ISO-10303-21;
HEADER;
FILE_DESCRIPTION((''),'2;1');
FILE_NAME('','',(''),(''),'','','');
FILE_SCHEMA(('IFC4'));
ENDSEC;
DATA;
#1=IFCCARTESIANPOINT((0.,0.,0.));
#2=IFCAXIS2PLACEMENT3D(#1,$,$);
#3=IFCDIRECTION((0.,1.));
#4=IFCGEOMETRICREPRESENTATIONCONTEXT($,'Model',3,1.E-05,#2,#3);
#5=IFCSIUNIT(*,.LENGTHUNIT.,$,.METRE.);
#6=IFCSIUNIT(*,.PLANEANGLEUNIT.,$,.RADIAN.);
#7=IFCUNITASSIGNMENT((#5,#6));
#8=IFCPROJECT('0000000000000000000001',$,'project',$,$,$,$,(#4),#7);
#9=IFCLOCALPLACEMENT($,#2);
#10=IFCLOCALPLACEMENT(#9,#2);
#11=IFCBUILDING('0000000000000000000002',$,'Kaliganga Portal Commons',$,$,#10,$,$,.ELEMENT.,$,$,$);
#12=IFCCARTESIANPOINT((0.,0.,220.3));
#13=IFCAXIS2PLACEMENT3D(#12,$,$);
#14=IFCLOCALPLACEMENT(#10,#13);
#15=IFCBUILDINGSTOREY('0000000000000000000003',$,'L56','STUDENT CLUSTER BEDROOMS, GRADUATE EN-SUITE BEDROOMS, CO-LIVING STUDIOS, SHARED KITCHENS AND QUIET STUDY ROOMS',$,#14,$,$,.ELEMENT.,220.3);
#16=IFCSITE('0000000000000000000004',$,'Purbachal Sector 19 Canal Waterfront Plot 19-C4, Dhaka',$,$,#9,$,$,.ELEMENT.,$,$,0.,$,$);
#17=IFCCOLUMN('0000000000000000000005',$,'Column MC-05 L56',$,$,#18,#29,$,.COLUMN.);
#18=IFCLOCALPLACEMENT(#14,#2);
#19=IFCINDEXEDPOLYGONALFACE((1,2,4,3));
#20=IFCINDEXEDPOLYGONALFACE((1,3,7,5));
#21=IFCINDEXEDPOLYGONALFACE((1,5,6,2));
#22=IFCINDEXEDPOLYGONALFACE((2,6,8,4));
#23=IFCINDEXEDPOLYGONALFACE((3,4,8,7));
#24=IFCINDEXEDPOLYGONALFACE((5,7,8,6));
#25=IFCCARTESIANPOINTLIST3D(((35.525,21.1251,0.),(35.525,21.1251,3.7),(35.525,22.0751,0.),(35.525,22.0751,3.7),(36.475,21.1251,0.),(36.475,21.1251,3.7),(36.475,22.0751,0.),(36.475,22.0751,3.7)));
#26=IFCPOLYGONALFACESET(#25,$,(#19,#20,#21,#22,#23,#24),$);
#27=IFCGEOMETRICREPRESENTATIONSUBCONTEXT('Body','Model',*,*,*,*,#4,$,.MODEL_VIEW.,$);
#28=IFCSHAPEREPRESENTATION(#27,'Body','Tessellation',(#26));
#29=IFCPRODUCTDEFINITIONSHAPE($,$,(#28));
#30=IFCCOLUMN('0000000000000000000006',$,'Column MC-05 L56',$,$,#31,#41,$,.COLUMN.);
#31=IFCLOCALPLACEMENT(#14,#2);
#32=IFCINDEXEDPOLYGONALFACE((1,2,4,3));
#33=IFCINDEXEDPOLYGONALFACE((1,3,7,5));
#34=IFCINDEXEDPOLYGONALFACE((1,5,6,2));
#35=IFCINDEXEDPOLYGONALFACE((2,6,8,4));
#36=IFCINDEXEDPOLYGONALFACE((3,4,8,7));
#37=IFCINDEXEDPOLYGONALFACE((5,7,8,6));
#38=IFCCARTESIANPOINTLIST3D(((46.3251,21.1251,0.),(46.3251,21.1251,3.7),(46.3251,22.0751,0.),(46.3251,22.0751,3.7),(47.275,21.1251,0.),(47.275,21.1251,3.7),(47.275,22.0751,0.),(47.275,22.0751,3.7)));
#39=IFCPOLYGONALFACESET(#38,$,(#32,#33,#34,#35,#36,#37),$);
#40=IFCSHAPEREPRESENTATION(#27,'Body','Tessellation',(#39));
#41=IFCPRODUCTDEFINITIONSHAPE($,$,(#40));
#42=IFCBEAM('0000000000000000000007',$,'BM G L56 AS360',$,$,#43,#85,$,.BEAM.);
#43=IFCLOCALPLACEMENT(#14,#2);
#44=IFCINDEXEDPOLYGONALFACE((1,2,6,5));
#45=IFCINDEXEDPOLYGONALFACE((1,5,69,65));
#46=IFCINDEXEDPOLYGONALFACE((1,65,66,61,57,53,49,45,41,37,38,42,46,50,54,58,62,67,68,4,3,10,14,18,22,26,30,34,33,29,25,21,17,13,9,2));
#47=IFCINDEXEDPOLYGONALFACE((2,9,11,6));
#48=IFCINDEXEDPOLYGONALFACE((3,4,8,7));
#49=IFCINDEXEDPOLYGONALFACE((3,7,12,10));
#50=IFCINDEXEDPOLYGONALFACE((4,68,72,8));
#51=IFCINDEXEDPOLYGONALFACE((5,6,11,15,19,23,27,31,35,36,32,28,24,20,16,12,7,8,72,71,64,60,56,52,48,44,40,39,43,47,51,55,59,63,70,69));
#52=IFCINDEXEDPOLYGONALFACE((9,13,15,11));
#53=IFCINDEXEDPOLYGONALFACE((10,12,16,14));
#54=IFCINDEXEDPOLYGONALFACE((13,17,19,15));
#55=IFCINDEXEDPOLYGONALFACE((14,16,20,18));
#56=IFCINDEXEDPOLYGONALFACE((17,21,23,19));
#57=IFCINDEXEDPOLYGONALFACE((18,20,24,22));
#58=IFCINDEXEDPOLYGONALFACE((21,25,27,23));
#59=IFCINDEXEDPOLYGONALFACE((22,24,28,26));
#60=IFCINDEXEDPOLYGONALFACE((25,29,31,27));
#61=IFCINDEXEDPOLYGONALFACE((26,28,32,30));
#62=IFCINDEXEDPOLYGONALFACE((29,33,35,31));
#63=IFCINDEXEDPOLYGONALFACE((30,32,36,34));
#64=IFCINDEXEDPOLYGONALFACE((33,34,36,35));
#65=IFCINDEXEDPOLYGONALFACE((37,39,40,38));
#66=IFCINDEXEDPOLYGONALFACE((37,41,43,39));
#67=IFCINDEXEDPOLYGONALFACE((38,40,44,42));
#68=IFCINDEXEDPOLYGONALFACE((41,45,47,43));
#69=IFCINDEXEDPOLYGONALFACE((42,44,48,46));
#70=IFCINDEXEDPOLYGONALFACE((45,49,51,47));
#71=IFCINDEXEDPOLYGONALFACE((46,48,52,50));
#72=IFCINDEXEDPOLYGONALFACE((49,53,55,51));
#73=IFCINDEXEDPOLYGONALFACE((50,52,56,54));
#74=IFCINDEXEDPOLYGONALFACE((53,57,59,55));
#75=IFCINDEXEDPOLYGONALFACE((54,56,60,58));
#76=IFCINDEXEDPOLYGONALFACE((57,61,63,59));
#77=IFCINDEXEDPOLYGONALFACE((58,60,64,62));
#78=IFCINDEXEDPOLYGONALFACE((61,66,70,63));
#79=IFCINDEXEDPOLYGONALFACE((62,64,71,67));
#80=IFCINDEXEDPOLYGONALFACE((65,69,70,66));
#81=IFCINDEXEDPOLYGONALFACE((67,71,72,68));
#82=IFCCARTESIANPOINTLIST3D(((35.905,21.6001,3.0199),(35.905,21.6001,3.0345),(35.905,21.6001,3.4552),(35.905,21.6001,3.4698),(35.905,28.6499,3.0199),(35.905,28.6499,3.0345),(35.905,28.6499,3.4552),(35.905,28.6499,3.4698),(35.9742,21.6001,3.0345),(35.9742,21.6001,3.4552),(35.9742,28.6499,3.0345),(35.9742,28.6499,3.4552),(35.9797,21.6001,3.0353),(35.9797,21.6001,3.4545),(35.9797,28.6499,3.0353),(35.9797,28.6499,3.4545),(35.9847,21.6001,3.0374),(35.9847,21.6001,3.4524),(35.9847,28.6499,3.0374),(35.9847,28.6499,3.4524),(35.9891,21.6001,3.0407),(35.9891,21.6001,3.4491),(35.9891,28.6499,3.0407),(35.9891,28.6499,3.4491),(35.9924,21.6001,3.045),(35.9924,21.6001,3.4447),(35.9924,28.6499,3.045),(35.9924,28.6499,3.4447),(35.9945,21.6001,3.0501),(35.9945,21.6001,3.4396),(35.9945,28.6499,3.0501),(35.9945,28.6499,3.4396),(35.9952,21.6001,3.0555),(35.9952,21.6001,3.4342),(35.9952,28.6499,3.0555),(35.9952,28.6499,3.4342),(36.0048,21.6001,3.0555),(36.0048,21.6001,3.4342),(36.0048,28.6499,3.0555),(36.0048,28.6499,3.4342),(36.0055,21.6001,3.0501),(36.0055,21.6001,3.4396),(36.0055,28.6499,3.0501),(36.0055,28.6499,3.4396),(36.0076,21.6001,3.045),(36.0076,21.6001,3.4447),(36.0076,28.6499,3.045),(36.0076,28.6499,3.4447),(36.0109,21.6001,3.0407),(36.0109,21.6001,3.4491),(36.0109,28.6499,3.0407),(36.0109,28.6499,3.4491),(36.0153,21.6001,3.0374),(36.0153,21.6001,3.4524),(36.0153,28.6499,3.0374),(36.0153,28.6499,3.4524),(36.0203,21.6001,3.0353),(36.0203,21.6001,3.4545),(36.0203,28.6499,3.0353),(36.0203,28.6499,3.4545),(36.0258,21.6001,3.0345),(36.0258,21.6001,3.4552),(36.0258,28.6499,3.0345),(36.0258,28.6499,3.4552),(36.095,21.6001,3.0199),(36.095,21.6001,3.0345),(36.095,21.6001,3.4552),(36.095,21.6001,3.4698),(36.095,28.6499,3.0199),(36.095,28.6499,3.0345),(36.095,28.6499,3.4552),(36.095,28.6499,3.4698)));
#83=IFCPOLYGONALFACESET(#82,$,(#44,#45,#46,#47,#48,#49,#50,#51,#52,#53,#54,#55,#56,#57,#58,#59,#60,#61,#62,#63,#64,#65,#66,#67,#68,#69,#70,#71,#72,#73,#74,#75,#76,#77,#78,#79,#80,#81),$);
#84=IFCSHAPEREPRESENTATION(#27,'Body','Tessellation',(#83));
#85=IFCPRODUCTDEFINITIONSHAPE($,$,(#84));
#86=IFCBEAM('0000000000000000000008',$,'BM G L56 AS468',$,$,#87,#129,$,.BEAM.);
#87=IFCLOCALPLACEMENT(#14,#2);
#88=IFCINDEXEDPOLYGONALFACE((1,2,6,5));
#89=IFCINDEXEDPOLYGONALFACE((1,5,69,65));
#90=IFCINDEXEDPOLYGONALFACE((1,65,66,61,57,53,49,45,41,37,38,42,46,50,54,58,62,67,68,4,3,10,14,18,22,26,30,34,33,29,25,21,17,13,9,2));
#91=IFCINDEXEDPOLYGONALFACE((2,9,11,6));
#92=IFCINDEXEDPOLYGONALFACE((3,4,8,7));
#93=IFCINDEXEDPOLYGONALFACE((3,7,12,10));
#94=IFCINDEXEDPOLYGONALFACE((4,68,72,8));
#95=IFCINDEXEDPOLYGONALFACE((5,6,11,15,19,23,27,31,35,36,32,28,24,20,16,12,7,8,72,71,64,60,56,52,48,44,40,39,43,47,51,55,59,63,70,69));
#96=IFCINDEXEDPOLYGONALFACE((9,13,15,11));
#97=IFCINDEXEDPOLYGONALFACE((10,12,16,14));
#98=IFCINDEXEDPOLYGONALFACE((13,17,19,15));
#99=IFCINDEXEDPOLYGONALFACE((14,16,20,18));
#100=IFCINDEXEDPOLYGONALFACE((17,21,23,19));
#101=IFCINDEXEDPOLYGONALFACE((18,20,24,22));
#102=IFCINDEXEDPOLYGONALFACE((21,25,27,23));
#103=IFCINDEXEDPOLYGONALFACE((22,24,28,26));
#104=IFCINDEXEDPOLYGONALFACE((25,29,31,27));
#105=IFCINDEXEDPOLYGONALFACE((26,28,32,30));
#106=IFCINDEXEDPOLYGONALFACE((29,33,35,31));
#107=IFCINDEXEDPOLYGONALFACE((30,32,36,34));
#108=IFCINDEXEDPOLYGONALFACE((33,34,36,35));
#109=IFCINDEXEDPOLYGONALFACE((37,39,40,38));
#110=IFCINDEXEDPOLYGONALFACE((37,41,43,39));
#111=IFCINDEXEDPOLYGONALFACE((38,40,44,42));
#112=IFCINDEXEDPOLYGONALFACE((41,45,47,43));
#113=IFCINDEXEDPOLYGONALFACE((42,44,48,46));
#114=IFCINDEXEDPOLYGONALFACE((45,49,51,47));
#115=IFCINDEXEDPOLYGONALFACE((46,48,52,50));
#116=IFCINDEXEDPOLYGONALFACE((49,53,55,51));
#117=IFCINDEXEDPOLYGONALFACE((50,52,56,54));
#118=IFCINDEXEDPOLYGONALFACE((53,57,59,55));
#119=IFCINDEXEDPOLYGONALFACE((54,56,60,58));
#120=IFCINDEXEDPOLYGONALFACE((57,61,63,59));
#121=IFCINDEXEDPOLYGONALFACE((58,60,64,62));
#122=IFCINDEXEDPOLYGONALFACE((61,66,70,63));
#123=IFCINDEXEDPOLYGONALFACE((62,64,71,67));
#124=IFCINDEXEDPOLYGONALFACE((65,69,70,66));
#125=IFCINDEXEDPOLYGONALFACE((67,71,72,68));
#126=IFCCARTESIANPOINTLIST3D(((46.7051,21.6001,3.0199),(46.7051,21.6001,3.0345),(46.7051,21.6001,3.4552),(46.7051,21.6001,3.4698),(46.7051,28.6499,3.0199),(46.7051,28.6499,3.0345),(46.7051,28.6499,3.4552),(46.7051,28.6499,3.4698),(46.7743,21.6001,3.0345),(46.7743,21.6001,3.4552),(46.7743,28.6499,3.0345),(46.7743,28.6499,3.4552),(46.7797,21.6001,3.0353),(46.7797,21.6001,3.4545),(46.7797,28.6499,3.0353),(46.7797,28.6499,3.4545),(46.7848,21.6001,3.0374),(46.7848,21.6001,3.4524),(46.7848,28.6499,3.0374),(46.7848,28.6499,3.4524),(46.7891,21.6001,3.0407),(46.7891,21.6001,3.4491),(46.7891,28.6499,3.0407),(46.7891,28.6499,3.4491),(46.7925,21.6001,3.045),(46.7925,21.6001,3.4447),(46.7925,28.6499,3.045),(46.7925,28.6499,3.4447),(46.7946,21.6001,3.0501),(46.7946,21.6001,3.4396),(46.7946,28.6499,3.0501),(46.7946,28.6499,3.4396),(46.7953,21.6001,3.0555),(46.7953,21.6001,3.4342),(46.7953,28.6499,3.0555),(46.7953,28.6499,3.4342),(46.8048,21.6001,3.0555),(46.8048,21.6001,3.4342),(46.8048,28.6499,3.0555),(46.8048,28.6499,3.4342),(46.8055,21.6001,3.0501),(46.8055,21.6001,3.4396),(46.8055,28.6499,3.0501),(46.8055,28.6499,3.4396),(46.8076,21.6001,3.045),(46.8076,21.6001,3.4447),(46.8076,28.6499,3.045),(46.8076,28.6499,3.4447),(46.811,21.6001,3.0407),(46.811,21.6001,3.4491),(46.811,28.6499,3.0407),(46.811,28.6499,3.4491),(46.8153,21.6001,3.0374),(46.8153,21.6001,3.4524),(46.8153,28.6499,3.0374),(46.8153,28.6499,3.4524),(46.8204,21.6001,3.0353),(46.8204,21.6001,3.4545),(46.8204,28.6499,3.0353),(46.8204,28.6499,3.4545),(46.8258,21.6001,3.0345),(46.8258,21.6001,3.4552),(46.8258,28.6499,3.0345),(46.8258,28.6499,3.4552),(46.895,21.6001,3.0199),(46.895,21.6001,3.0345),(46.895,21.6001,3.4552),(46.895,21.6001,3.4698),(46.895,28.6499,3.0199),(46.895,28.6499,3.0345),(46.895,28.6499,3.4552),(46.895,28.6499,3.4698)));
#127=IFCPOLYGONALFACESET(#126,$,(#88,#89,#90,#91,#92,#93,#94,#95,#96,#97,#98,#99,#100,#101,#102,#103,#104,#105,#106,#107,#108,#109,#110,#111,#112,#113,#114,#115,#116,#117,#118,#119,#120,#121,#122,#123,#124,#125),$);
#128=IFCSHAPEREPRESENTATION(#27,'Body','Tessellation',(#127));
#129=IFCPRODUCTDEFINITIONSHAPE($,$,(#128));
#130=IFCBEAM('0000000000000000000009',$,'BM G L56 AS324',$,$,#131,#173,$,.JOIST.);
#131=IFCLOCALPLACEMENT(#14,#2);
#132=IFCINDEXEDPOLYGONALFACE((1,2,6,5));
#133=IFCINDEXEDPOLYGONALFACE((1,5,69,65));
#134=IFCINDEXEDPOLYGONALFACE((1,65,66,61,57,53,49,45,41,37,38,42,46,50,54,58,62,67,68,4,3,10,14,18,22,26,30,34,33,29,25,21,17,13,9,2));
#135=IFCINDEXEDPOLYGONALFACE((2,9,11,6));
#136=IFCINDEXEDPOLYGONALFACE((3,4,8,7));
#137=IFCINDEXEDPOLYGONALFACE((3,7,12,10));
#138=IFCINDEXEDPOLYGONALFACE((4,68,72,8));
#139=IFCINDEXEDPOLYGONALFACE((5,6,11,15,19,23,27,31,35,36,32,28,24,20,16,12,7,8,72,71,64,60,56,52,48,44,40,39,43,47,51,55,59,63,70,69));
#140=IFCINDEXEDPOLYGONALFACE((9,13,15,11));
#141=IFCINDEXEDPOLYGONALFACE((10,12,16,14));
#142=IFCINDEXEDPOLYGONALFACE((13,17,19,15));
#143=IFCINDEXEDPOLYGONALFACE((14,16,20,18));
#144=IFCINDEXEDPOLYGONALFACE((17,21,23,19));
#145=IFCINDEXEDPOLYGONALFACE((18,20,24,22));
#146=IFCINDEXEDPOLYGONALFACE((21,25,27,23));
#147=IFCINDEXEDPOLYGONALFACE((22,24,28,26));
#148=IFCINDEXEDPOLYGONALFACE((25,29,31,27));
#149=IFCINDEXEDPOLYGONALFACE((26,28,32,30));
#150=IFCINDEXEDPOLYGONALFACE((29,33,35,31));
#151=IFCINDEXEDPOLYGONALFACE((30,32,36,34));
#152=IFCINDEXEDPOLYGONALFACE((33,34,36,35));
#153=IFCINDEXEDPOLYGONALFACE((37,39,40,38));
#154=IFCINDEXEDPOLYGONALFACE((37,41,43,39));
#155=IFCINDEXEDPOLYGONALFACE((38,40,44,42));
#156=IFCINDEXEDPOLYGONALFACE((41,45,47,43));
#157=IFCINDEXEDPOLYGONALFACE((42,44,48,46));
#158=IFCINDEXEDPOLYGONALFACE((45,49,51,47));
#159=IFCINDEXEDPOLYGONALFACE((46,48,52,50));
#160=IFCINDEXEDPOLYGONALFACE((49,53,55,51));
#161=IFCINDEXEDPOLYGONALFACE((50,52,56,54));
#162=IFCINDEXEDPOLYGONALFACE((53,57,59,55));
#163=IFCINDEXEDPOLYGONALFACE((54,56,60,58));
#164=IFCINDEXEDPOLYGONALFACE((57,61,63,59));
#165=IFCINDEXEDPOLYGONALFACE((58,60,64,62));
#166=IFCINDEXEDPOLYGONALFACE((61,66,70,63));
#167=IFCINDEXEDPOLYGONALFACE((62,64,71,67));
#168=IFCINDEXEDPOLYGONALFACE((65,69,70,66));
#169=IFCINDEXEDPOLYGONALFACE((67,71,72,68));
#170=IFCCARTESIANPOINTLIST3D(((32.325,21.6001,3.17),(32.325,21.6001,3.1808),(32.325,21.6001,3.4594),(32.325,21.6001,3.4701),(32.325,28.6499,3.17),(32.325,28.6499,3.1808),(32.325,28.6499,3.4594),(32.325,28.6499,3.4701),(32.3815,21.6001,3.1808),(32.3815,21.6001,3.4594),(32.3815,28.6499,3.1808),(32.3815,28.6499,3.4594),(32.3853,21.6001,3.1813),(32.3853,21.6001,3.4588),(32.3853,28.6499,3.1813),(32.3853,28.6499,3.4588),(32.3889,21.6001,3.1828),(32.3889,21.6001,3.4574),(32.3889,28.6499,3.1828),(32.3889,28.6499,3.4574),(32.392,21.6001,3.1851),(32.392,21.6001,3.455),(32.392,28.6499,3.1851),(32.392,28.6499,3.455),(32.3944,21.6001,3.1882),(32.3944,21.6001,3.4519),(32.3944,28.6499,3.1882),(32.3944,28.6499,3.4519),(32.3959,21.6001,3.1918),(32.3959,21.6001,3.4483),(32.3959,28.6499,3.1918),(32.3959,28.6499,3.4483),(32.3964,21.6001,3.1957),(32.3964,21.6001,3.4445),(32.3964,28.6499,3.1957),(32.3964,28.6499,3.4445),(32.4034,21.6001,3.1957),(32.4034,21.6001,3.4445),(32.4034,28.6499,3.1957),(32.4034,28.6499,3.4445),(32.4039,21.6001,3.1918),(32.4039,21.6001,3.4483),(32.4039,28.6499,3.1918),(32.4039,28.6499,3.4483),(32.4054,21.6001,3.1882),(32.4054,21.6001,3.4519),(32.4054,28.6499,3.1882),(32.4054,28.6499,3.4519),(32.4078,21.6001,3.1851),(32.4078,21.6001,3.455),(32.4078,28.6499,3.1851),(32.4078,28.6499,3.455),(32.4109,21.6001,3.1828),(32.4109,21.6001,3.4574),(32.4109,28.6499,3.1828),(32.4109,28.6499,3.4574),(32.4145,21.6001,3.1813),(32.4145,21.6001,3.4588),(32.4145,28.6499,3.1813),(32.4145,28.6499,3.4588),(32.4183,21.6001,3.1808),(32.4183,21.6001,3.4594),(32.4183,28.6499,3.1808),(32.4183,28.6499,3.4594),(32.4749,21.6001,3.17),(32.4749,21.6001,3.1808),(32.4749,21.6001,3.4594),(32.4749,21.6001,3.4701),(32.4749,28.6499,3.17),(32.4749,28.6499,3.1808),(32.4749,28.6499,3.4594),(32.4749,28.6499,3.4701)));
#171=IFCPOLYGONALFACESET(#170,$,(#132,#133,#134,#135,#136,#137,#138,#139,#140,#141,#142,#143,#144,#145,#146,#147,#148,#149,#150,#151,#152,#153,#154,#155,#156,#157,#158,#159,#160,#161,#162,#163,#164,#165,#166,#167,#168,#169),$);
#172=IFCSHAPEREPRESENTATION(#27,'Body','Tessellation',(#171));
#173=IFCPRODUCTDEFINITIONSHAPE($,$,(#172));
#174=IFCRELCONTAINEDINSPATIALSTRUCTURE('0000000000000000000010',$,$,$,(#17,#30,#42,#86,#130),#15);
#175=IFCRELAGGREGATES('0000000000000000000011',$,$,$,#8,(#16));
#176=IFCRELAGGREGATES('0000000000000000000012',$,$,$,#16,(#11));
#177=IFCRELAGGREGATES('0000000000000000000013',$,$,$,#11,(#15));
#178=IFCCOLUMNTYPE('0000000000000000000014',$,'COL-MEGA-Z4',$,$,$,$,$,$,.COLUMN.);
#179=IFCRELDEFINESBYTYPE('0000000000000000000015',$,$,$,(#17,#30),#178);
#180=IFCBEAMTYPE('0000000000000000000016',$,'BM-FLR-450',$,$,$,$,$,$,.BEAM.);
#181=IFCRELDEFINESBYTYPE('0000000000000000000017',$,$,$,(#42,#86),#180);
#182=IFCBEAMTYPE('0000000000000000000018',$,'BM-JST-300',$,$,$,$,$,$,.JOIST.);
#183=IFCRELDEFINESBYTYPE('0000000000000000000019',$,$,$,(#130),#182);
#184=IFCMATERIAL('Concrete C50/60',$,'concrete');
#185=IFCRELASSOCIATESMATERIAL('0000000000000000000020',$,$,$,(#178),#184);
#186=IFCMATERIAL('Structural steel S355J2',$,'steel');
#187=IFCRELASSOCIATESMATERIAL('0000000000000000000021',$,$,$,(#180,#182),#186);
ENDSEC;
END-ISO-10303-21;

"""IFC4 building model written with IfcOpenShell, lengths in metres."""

from ifc_helpers import new_model, si_unit, direction, frame, origin, origin_2d, place, context, subcontext, project, spatial, rectangle, i_section, extrude, source, transform, mapped, material, material_profile, profile_set, type_object, element, save


model = new_model("IFC4")

# Units and contexts
model_context = context("Model", 3, precision=1e-05, world=origin(), true_north=direction((0.0, 1.0)))
body_context = subcontext(model_context, "Body", "Model", "MODEL_VIEW")
ifc_project = project(units=[si_unit("LENGTHUNIT", "METRE"), si_unit("PLANEANGLEUNIT", "RADIAN")], contexts=[model_context])

# Site, building, storey
site_placement = place(None, origin())
site = spatial("IfcSite", under=ifc_project, at=site_placement, Name="Purbachal Sector 19 Canal Waterfront Plot 19-C4, Dhaka", CompositionType="ELEMENT", RefElevation=0.0)
building_placement = place(site_placement, origin())
building = spatial("IfcBuilding", under=site, at=building_placement, Name="Kaliganga Portal Commons", CompositionType="ELEMENT")
storey_placement = place(building_placement, frame((0.0, 0.0, 220.3)))
storey = spatial("IfcBuildingStorey", under=building, at=storey_placement, Name="L56", Description="STUDENT CLUSTER BEDROOMS, GRADUATE EN-SUITE BEDROOMS, CO-LIVING STUDIOS, SHARED KITCHENS AND QUIET STUDY ROOMS", CompositionType="ELEMENT", Elevation=220.3)

# Columns
ifc_material_1 = material(Name="Concrete C50/60", Category="concrete")
ifc_material_profile_1 = material_profile(ifc_material_1, rectangle(XDim=0.95, YDim=0.95, at=origin_2d()), Name="RC 950x950")
ifc_profile_set_1 = profile_set([ifc_material_profile_1], Name="Concrete C50/60")
column_type = type_object("IfcColumnType", Name="COL-MEGA-Z4", PredefinedType="COLUMN", material=ifc_profile_set_1)
shared_shape_1 = source(origin(), body_context, "Body", "SweptSolid", [
    extrude(rectangle(XDim=0.95, YDim=0.95, at=origin_2d()), origin(), (0.0, 0.0, 1.0), 3.7),
])
for number, where, z_axis, x_axis, name in (
    (1, (36.0, 21.6001, 0.0), (0.0, 0.0, 1.0), (1.0, 0.0, 0.0), "Column MC-05 L56"),
    (2, (46.8, 21.6001, 0.0), (0.0, 0.0, 1.0), (1.0, 0.0, 0.0), "Column MC-05 L56"),
):
    element("IfcColumn", number, at=place(storey_placement, frame(where, z_axis=z_axis, x_axis=x_axis)), inside=storey, type_object=column_type, Name=name, PredefinedType="COLUMN", context=body_context, shape_type="MappedRepresentation", body=[
        mapped(shared_shape_1, transform((0.0, 0.0, 0.0), x_axis=(1.0, 0.0, 0.0), y_axis=(0.0, 1.0, 0.0), z_axis=(0.0, 0.0, 1.0), scale=1.0)),
    ])

# Beams
ifc_material_2 = material(Name="Structural steel S355J2", Category="steel")
ifc_material_profile_2 = material_profile(ifc_material_2, i_section(OverallWidth=0.1899, OverallDepth=0.45, WebThickness=0.0095, FlangeThickness=0.0146, FilletRadius=0.021, at=origin_2d()), Name="IPE 450")
ifc_profile_set_2 = profile_set([ifc_material_profile_2], Name="Structural steel S355J2 wide-flange")
beam_type_1 = type_object("IfcBeamType", Name="BM-FLR-450", PredefinedType="BEAM", material=ifc_profile_set_2)
shared_shape_2 = source(origin(), body_context, "Body", "SweptSolid", [
    extrude(i_section(OverallWidth=0.1899, OverallDepth=0.45, WebThickness=0.0095, FlangeThickness=0.0146, FilletRadius=0.021, at=origin_2d()), origin(), (0.0, 0.0, 1.0), 7.0498),
])
for number, where, z_axis, x_axis, name in (
    (3, (36.0, 21.6001, 3.2449), (0.0, 1.0, 0.0), (-1.0, 0.0, 0.0), "BM G L56 AS360"),
    (4, (46.8, 21.6001, 3.2449), (0.0, 1.0, 0.0), (-1.0, 0.0, 0.0), "BM G L56 AS468"),
):
    element("IfcBeam", number, at=place(storey_placement, frame(where, z_axis=z_axis, x_axis=x_axis)), inside=storey, type_object=beam_type_1, Name=name, PredefinedType="BEAM", context=body_context, shape_type="MappedRepresentation", body=[
        mapped(shared_shape_2, transform((0.0, 0.0, 0.0), x_axis=(1.0, 0.0, 0.0), y_axis=(0.0, 1.0, 0.0), z_axis=(0.0, 0.0, 1.0), scale=1.0)),
    ])
ifc_material_profile_3 = material_profile(ifc_material_2, i_section(OverallWidth=0.1499, OverallDepth=0.3, WebThickness=0.0071, FlangeThickness=0.0107, FilletRadius=0.0149, at=origin_2d()), Name="IPE 300")
ifc_profile_set_3 = profile_set([ifc_material_profile_3], Name="Structural steel S355J2 wide-flange")
beam_type_2 = type_object("IfcBeamType", Name="BM-JST-300", PredefinedType="JOIST", material=ifc_profile_set_3)
shared_shape_3 = source(origin(), body_context, "Body", "SweptSolid", [
    extrude(i_section(OverallWidth=0.1499, OverallDepth=0.3, WebThickness=0.0071, FlangeThickness=0.0107, FilletRadius=0.0149, at=origin_2d()), origin(), (0.0, 0.0, 1.0), 7.0498),
])
beam_1_placement = place(storey_placement, frame((32.3999, 21.6001, 3.3201), z_axis=(0.0, 1.0, 0.0), x_axis=(-1.0, 0.0, 0.0)))
element("IfcBeam", 5, at=beam_1_placement, inside=storey, type_object=beam_type_2, Name="BM G L56 AS324", PredefinedType="JOIST", context=body_context, shape_type="MappedRepresentation", body=[
    mapped(shared_shape_3, transform((0.0, 0.0, 0.0), x_axis=(1.0, 0.0, 0.0), y_axis=(0.0, 1.0, 0.0), z_axis=(0.0, 0.0, 1.0), scale=1.0)),
])

save(model, "model.ifc")
